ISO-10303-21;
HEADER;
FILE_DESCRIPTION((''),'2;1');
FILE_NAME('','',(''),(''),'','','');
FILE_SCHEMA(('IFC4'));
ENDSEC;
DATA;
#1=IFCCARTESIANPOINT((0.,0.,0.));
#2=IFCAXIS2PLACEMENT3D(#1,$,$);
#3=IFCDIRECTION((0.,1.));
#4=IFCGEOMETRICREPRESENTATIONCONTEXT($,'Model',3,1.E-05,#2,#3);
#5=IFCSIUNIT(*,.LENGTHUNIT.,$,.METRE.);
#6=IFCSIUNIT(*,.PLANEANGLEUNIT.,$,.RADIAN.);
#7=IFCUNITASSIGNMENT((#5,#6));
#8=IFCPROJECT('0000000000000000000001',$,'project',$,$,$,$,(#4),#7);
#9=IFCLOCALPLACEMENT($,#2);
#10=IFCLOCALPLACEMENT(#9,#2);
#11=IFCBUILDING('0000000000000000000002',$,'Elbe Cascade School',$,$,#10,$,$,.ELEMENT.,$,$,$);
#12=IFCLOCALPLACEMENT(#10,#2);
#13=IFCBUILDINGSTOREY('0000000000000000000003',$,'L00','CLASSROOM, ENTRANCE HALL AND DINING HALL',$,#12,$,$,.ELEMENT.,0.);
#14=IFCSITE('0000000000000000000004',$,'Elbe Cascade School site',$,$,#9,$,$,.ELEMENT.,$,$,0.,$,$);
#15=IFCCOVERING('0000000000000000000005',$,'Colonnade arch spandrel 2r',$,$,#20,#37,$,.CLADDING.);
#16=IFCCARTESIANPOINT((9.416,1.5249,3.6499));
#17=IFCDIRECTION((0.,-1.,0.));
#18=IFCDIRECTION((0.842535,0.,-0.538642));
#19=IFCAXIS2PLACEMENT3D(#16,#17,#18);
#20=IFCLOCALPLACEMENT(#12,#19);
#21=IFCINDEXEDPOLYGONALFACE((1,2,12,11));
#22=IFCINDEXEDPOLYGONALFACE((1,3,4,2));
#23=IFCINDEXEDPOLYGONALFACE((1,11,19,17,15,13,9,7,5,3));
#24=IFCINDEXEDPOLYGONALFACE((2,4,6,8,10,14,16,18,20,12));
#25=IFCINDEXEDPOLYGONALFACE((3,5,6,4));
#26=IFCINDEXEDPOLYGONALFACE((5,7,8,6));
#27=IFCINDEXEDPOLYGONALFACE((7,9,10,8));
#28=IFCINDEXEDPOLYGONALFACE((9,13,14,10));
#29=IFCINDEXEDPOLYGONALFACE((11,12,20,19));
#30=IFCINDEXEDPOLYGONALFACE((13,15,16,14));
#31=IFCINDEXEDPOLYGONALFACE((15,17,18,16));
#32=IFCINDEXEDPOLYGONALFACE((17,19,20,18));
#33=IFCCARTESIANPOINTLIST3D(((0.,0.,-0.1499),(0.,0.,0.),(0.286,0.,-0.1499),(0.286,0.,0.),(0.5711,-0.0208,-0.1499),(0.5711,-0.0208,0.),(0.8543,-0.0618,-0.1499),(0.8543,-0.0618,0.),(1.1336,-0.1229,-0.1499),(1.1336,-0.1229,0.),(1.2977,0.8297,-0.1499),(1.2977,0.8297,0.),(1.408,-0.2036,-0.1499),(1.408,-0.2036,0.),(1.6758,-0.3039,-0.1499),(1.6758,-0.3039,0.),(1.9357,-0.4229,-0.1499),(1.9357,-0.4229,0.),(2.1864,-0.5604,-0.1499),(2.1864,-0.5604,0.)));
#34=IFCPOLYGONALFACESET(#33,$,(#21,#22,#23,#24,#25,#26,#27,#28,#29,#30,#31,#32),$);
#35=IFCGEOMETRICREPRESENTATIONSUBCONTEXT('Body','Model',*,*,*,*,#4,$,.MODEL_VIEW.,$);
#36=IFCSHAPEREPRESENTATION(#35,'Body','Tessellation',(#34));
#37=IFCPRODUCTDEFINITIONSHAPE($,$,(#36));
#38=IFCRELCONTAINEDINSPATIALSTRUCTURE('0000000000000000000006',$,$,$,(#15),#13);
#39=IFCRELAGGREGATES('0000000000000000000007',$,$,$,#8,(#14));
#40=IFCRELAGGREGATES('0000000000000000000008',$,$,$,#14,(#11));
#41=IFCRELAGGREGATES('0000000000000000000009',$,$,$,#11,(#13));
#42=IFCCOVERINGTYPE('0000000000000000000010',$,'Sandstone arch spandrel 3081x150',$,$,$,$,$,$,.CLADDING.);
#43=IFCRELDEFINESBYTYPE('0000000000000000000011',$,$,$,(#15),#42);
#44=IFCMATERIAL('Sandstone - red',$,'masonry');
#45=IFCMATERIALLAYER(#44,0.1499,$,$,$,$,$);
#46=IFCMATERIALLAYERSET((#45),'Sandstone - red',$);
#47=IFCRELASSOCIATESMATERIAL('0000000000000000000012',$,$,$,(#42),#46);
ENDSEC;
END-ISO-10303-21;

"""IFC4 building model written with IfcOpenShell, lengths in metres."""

from ifc_helpers import new_model, si_unit, direction, frame, origin, place, context, subcontext, project, spatial, polyline, outline, extrude, material, layer, layer_set, type_object, element, save


model = new_model("IFC4")

# Units and contexts
model_context = context("Model", 3, precision=1e-05, world=origin(), true_north=direction((0.0, 1.0)))
body_context = subcontext(model_context, "Body", "Model", "MODEL_VIEW")
ifc_project = project(units=[si_unit("LENGTHUNIT", "METRE"), si_unit("PLANEANGLEUNIT", "RADIAN")], contexts=[model_context])

# Site, building, storey
site_placement = place(None, origin())
site = spatial("IfcSite", under=ifc_project, at=site_placement, Name="Elbe Cascade School site", CompositionType="ELEMENT", RefElevation=0.0)
building_placement = place(site_placement, origin())
building = spatial("IfcBuilding", under=site, at=building_placement, Name="Elbe Cascade School", CompositionType="ELEMENT")
storey_placement = place(building_placement, origin())
storey = spatial("IfcBuildingStorey", under=building, at=storey_placement, Name="L00", Description="CLASSROOM, ENTRANCE HALL AND DINING HALL", CompositionType="ELEMENT", Elevation=0.0)

# Covering
ifc_material_1 = material(Name="Sandstone - red", Category="masonry")
ifc_layer_1 = layer(ifc_material_1, 0.1499)
ifc_layer_set_1 = layer_set([ifc_layer_1], Name="Sandstone - red")
covering_type = type_object("IfcCoveringType", Name="Sandstone arch spandrel 3081x150", PredefinedType="CLADDING", material=ifc_layer_set_1)
covering_1_placement = place(storey_placement, frame((9.416, 1.5249, 3.6499), z_axis=(0.0, -1.0, 0.0), x_axis=(0.842535, 0.0, -0.538642)))
element("IfcCovering", 1, at=covering_1_placement, inside=storey, type_object=covering_type, Name="Colonnade arch spandrel 2r", PredefinedType="CLADDING", context=body_context, shape_type="SweptSolid", body=[
    extrude(outline(polyline([(0.0, 0.0), (0.286, 0.0), (0.5711, -0.0208), (0.8543, -0.0618), (1.1336, -0.1229), (1.408, -0.2036), (1.6758, -0.3039), (1.9357, -0.4229), (2.1864, -0.5604), (1.2977, 0.8297), (0.0, 0.0)])), origin(), (0.0, 0.0, -1.0), 0.1499),
])

save(model, "model.ifc")
